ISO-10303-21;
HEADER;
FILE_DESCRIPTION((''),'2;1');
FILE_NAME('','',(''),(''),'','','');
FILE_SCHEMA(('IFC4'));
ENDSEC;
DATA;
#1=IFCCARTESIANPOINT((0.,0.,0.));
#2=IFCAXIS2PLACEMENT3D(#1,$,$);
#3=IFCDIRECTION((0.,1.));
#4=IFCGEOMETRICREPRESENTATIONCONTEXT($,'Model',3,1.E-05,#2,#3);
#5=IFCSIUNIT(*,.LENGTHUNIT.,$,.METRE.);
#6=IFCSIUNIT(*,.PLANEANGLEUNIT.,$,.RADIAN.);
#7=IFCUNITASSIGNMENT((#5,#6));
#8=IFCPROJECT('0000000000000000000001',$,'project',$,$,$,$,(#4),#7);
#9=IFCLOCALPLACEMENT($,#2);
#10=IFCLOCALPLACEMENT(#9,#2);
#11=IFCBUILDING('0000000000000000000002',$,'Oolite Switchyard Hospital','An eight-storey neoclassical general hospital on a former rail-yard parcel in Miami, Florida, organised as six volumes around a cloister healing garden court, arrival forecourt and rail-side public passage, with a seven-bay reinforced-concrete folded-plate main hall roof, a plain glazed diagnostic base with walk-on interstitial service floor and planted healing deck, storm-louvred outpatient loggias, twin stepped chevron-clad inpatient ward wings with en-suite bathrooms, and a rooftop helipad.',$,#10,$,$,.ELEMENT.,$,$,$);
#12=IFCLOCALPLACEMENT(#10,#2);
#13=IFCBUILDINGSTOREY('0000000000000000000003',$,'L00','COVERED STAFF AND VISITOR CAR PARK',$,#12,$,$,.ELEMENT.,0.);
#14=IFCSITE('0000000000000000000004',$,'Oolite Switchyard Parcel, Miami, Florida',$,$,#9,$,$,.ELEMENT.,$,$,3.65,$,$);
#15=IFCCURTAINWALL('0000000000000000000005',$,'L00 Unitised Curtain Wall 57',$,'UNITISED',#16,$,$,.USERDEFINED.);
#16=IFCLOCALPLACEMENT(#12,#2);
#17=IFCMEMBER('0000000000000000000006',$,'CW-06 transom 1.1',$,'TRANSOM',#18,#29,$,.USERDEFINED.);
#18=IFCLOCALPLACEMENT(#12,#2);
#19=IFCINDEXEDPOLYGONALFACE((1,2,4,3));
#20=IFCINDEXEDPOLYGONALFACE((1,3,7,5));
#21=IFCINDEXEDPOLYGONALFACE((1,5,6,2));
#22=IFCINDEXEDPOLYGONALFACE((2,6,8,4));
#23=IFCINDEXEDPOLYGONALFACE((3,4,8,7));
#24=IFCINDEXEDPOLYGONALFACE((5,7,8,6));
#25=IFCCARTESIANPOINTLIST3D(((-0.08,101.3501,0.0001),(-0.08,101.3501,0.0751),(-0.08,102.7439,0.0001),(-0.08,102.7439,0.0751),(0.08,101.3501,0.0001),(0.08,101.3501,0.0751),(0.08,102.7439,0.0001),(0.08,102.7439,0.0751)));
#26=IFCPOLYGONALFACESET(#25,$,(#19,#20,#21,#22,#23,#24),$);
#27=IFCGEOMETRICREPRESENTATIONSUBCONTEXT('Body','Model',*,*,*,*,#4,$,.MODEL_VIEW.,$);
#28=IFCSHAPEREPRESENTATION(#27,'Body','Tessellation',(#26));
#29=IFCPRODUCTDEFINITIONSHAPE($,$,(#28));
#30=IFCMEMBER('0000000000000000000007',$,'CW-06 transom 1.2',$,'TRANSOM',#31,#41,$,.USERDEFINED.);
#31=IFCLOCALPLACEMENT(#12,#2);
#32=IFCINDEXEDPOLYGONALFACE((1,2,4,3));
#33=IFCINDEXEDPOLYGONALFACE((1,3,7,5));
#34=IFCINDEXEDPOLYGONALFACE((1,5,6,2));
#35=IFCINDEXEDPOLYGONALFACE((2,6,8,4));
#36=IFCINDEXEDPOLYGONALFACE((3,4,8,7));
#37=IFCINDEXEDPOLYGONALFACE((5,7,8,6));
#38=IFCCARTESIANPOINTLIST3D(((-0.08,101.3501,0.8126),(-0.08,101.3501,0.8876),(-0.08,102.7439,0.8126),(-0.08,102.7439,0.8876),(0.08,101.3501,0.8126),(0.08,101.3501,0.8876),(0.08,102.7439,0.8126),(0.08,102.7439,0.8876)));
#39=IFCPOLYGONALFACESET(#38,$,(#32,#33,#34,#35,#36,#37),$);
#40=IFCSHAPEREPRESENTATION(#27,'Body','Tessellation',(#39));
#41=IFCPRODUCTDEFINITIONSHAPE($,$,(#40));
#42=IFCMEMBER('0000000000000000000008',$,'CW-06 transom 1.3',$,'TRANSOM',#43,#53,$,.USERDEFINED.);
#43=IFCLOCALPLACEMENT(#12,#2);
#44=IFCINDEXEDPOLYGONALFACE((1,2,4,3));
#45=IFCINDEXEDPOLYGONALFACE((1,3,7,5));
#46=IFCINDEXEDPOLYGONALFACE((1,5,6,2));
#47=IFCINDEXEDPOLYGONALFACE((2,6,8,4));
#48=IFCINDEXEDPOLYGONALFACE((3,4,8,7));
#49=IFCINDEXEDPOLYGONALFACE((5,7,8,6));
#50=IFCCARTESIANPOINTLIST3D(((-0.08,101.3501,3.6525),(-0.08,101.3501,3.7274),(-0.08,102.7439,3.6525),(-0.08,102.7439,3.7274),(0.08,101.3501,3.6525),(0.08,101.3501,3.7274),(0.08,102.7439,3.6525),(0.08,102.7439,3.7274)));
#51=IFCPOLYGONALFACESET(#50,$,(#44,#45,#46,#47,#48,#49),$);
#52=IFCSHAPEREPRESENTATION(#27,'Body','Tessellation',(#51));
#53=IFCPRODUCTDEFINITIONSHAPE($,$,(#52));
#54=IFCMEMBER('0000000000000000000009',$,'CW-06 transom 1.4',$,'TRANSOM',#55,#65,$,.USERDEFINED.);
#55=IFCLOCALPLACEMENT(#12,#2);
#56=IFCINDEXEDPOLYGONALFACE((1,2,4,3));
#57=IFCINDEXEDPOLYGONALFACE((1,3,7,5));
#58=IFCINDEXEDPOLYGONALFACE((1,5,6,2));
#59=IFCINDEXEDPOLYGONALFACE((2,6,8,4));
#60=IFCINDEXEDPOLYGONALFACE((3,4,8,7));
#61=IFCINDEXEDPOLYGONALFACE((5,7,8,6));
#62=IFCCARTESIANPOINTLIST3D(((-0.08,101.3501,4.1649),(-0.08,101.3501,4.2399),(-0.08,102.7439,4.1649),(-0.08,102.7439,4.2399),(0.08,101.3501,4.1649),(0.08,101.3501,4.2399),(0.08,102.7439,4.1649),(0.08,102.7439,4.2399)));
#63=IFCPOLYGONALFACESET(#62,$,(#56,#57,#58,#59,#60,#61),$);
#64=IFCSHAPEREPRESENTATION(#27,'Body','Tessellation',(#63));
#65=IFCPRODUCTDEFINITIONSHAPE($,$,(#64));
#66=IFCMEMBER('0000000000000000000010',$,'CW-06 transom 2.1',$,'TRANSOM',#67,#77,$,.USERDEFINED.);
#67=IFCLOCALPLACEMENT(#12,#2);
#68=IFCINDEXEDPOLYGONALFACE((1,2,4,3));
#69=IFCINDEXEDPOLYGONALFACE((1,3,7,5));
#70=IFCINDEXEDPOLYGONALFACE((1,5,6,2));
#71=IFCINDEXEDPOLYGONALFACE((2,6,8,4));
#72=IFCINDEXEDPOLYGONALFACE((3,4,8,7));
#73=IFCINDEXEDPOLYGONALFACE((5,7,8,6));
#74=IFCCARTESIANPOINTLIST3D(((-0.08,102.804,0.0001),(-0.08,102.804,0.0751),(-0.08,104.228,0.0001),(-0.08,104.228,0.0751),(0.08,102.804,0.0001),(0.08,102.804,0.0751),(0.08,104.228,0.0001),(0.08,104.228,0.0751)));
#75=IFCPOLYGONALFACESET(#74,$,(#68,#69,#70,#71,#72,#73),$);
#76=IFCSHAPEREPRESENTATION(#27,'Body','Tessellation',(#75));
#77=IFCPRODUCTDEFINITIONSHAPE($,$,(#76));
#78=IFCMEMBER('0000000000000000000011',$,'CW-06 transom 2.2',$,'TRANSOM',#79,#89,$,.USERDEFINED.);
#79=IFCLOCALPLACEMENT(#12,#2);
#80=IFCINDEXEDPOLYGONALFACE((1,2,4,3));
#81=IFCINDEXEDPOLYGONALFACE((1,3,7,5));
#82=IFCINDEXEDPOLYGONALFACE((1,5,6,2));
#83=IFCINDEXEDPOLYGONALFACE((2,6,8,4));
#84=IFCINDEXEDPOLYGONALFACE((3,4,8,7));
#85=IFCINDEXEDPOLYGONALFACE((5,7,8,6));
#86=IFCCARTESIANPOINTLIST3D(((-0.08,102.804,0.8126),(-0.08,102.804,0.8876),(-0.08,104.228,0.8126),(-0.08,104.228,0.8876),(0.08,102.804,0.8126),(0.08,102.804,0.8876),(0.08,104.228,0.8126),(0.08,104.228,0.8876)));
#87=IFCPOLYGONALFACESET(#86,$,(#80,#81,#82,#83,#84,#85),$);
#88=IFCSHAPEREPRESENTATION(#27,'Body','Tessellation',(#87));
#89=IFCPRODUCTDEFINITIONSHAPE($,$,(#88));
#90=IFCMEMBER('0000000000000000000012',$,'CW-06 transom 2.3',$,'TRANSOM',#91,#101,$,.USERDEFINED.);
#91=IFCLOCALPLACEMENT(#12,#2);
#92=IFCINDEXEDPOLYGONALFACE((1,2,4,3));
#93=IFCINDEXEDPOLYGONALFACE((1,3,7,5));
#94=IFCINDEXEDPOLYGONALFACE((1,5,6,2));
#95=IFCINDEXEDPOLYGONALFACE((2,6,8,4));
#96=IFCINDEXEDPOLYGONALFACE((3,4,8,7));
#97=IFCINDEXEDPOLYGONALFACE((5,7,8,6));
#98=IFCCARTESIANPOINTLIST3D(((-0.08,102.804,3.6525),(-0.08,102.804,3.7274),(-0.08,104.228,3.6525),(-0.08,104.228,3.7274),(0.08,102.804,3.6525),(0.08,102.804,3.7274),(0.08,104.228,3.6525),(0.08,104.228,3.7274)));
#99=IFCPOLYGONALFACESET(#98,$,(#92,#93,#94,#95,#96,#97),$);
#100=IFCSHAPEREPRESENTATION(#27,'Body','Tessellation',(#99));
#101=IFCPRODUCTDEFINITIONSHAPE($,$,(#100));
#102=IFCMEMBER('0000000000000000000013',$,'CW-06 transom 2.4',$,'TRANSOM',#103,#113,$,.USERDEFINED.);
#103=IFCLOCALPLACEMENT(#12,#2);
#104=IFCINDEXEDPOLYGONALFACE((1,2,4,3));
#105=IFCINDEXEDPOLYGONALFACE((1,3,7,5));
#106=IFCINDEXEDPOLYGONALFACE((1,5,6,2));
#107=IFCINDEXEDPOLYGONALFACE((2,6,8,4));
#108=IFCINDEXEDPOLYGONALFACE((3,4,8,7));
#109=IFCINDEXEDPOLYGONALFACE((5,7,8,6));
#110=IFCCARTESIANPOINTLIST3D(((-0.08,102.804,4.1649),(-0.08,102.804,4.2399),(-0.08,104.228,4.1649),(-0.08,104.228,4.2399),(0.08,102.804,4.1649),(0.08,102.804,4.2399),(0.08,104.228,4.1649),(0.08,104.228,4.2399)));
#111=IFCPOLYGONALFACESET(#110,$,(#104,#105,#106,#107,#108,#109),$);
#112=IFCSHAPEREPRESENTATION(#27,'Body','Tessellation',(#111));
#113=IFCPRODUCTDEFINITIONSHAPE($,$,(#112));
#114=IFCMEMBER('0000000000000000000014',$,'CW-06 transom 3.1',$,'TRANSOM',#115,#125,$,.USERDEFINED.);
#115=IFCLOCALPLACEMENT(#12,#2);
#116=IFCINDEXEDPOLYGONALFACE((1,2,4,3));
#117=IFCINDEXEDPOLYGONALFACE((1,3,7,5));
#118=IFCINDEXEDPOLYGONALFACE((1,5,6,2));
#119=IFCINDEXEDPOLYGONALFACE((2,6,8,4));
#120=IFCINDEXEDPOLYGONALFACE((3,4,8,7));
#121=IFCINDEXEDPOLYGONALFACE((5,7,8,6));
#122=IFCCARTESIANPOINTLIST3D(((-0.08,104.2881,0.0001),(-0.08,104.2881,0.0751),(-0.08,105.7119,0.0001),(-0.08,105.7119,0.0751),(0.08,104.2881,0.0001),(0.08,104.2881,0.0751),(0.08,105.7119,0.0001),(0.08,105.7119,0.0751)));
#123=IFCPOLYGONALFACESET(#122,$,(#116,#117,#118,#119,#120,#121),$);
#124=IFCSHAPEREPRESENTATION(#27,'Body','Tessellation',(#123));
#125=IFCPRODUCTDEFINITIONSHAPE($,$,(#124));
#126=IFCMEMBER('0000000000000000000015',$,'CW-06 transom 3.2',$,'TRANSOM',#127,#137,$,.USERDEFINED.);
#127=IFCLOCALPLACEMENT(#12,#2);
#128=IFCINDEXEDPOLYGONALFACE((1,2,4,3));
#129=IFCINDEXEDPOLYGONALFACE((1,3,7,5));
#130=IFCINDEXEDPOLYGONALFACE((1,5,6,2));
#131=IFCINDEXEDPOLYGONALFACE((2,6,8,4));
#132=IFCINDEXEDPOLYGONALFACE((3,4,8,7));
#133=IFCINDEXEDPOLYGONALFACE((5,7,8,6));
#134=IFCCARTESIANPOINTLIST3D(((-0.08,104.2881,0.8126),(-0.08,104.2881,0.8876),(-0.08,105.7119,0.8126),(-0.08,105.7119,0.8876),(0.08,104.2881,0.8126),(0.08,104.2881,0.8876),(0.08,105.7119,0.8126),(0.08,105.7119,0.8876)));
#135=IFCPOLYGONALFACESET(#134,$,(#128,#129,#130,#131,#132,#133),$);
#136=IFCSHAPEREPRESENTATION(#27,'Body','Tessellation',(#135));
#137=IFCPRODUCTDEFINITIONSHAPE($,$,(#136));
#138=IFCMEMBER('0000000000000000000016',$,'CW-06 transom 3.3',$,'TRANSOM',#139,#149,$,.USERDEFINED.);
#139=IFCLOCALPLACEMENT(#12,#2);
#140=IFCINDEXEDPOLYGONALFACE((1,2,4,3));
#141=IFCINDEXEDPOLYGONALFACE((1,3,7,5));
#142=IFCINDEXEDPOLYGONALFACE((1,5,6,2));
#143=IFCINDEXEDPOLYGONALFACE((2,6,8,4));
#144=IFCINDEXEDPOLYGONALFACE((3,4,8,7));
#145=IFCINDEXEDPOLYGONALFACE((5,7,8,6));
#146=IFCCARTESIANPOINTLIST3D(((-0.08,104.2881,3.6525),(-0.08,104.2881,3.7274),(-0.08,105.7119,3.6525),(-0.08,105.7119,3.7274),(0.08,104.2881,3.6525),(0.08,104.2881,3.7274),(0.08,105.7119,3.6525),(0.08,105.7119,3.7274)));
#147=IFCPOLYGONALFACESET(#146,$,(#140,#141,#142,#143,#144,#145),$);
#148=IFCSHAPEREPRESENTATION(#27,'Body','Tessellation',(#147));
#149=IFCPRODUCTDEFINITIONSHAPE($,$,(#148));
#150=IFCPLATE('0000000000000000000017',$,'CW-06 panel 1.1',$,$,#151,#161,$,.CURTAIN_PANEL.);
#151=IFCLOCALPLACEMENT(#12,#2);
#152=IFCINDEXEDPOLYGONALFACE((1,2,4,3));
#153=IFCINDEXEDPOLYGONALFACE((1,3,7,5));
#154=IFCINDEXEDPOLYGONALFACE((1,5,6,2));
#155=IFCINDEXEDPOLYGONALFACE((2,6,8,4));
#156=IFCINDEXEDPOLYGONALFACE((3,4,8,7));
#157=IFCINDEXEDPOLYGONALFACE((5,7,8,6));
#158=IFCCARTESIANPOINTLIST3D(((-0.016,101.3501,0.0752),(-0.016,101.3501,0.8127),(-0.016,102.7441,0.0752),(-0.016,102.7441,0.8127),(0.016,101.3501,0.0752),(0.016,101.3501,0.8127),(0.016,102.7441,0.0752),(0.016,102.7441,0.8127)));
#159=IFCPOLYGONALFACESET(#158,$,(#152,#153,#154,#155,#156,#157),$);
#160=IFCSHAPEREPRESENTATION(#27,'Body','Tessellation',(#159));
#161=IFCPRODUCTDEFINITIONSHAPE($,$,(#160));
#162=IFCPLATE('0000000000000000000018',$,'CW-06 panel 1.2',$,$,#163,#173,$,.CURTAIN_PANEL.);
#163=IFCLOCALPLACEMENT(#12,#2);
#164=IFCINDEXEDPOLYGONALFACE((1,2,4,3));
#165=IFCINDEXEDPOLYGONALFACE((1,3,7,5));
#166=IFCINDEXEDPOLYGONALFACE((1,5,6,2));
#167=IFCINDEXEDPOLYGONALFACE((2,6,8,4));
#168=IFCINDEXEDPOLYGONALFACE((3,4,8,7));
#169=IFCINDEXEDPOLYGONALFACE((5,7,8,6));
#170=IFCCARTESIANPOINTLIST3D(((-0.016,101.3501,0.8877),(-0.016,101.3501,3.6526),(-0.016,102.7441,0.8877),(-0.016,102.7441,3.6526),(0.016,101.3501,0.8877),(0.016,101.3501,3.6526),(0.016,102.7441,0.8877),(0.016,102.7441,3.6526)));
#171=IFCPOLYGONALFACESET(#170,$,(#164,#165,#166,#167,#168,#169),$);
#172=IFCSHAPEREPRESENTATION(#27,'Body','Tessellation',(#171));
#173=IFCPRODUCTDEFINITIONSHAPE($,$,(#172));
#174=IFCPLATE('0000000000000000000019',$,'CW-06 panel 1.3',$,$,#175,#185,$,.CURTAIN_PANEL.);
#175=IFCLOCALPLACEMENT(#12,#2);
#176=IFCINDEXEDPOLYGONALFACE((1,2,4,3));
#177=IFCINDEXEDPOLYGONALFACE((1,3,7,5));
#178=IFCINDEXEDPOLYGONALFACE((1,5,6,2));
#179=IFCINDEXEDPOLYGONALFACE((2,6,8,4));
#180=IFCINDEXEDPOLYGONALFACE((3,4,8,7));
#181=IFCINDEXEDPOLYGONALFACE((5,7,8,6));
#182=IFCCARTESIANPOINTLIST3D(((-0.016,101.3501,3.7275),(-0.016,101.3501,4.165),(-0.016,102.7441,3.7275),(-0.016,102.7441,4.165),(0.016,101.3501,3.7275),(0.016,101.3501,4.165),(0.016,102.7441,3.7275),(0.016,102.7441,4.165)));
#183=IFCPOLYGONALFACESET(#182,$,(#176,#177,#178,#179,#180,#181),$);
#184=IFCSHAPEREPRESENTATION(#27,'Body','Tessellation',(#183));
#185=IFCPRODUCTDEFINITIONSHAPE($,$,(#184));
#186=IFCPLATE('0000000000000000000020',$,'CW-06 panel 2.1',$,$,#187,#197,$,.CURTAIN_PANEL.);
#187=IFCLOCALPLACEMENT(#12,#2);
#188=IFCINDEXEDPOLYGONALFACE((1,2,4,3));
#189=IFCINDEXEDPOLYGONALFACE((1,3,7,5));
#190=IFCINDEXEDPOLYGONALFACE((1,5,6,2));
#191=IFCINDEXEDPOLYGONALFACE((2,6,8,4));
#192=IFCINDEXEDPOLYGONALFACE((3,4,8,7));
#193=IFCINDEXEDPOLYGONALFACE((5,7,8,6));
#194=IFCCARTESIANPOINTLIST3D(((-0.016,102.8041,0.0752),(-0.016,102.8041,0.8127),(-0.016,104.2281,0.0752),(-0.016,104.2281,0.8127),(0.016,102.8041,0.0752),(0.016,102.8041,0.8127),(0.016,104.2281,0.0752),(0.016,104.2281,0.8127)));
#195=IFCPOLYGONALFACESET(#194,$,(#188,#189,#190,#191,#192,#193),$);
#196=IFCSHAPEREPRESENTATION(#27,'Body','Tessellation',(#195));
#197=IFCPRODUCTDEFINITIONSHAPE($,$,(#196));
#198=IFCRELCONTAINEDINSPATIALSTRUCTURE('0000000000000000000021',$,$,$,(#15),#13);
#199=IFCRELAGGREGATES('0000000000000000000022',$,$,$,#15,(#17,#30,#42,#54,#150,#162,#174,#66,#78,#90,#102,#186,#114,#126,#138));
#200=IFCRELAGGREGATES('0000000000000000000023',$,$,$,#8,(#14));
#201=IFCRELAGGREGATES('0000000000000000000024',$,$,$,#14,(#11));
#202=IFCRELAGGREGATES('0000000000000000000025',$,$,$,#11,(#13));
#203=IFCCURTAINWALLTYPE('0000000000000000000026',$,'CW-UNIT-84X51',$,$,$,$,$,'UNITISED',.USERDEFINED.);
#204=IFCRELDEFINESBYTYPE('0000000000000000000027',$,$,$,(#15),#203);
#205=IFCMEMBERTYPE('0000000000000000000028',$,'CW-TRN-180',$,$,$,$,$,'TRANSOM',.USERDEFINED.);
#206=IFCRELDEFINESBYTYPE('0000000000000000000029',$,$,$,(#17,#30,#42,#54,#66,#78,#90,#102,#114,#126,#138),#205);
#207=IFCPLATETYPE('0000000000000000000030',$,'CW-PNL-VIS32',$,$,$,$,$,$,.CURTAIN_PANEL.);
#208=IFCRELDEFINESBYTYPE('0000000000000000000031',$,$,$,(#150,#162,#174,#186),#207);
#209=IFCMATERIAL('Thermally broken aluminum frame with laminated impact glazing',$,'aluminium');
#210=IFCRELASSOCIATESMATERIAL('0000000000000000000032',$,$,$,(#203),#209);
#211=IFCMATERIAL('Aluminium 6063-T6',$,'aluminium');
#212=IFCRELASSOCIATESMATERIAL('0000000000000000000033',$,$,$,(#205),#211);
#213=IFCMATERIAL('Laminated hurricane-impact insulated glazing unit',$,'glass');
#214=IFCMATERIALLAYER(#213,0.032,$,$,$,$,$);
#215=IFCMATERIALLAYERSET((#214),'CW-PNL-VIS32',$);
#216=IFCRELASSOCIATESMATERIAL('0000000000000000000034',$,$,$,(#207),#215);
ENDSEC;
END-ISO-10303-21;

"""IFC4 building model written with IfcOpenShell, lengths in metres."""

from ifc_helpers import new_model, si_unit, direction, frame, origin, origin_2d, place, context, subcontext, project, spatial, rectangle, extrude, material, layer, layer_set, material_profile, profile_set, type_object, element, aggregate, save


model = new_model("IFC4")

# Units and contexts
model_context = context("Model", 3, precision=1e-05, world=origin(), true_north=direction((0.0, 1.0)))
body_context = subcontext(model_context, "Body", "Model", "MODEL_VIEW")
ifc_project = project(units=[si_unit("LENGTHUNIT", "METRE"), si_unit("PLANEANGLEUNIT", "RADIAN")], contexts=[model_context])

# Site, building, storey
site_placement = place(None, origin())
site = spatial("IfcSite", under=ifc_project, at=site_placement, Name="Oolite Switchyard Parcel, Miami, Florida", CompositionType="ELEMENT", RefElevation=3.65)
building_placement = place(site_placement, origin())
building = spatial("IfcBuilding", under=site, at=building_placement, Name="Oolite Switchyard Hospital", Description="An eight-storey neoclassical general hospital on a former rail-yard parcel in Miami, Florida, organised as six volumes around a cloister healing garden court, arrival forecourt and rail-side public passage, with a seven-bay reinforced-concrete folded-plate main hall roof, a plain glazed diagnostic base with walk-on interstitial service floor and planted healing deck, storm-louvred outpatient loggias, twin stepped chevron-clad inpatient ward wings with en-suite bathrooms, and a rooftop helipad.", CompositionType="ELEMENT")
storey_placement = place(building_placement, origin())
storey = spatial("IfcBuildingStorey", under=building, at=storey_placement, Name="L00", Description="COVERED STAFF AND VISITOR CAR PARK", CompositionType="ELEMENT", Elevation=0.0)

# Curtain wall, members, plates
ifc_material_1 = material(Name="Thermally broken aluminum frame with laminated impact glazing", Category="aluminium")
curtain_wall_type = type_object("IfcCurtainWallType", Name="CW-UNIT-84X51", ElementType="UNITISED", PredefinedType="USERDEFINED", material=ifc_material_1)
curtain_wall_placement = place(storey_placement, origin())
curtain_wall = element("IfcCurtainWall", 1, at=curtain_wall_placement, inside=storey, type_object=curtain_wall_type, Name="L00 Unitised Curtain Wall 57", ObjectType="UNITISED", PredefinedType="USERDEFINED")
ifc_material_2 = material(Name="Aluminium 6063-T6", Category="aluminium")
ifc_material_profile_1 = material_profile(ifc_material_2, rectangle(XDim=0.1599, YDim=0.075, at=origin_2d()), Name="CWT75X160")
ifc_profile_set_1 = profile_set([ifc_material_profile_1], Name="Aluminium 6063-T6")
member_type_1 = type_object("IfcMemberType", Name="CW-TRN-180", ElementType="TRANSOM", PredefinedType="USERDEFINED", material=ifc_profile_set_1)
member_1_placement = place(storey_placement, frame((0.0, 101.3501, 0.0376), z_axis=(0.0, 1.0, 0.0), x_axis=(-1.0, 0.0, 0.0)))
member_1 = element("IfcMember", 2, at=member_1_placement, type_object=member_type_1, Name="CW-06 transom 1.1", ObjectType="TRANSOM", PredefinedType="USERDEFINED", context=body_context, shape_type="SweptSolid", body=[
    extrude(rectangle(XDim=0.1599, YDim=0.075, at=origin_2d()), origin(), (0.0, 0.0, 1.0), 1.3938),
])
member_2_placement = place(storey_placement, frame((0.0, 101.3501, 0.8501), z_axis=(0.0, 1.0, 0.0), x_axis=(-1.0, 0.0, 0.0)))
member_2 = element("IfcMember", 3, at=member_2_placement, type_object=member_type_1, Name="CW-06 transom 1.2", ObjectType="TRANSOM", PredefinedType="USERDEFINED", context=body_context, shape_type="SweptSolid", body=[
    extrude(rectangle(XDim=0.1599, YDim=0.075, at=origin_2d()), origin(), (0.0, 0.0, 1.0), 1.3938),
])
member_3_placement = place(storey_placement, frame((0.0, 101.3501, 3.6899), z_axis=(0.0, 1.0, 0.0), x_axis=(-1.0, 0.0, 0.0)))
member_3 = element("IfcMember", 4, at=member_3_placement, type_object=member_type_1, Name="CW-06 transom 1.3", ObjectType="TRANSOM", PredefinedType="USERDEFINED", context=body_context, shape_type="SweptSolid", body=[
    extrude(rectangle(XDim=0.1599, YDim=0.075, at=origin_2d()), origin(), (0.0, 0.0, 1.0), 1.3938),
])
member_4_placement = place(storey_placement, frame((0.0, 101.3501, 4.2024), z_axis=(0.0, 1.0, 0.0), x_axis=(-1.0, 0.0, 0.0)))
member_4 = element("IfcMember", 5, at=member_4_placement, type_object=member_type_1, Name="CW-06 transom 1.4", ObjectType="TRANSOM", PredefinedType="USERDEFINED", context=body_context, shape_type="SweptSolid", body=[
    extrude(rectangle(XDim=0.1599, YDim=0.075, at=origin_2d()), origin(), (0.0, 0.0, 1.0), 1.3938),
])
member_5_placement = place(storey_placement, frame((0.0, 102.804, 0.0376), z_axis=(0.0, 1.0, 0.0), x_axis=(-1.0, 0.0, 0.0)))
member_5 = element("IfcMember", 6, at=member_5_placement, type_object=member_type_1, Name="CW-06 transom 2.1", ObjectType="TRANSOM", PredefinedType="USERDEFINED", context=body_context, shape_type="SweptSolid", body=[
    extrude(rectangle(XDim=0.1599, YDim=0.075, at=origin_2d()), origin(), (0.0, 0.0, 1.0), 1.4241),
])
member_6_placement = place(storey_placement, frame((0.0, 102.804, 0.8501), z_axis=(0.0, 1.0, 0.0), x_axis=(-1.0, 0.0, 0.0)))
member_6 = element("IfcMember", 7, at=member_6_placement, type_object=member_type_1, Name="CW-06 transom 2.2", ObjectType="TRANSOM", PredefinedType="USERDEFINED", context=body_context, shape_type="SweptSolid", body=[
    extrude(rectangle(XDim=0.1599, YDim=0.075, at=origin_2d()), origin(), (0.0, 0.0, 1.0), 1.4241),
])
member_7_placement = place(storey_placement, frame((0.0, 102.804, 3.6899), z_axis=(0.0, 1.0, 0.0), x_axis=(-1.0, 0.0, 0.0)))
member_7 = element("IfcMember", 8, at=member_7_placement, type_object=member_type_1, Name="CW-06 transom 2.3", ObjectType="TRANSOM", PredefinedType="USERDEFINED", context=body_context, shape_type="SweptSolid", body=[
    extrude(rectangle(XDim=0.1599, YDim=0.075, at=origin_2d()), origin(), (0.0, 0.0, 1.0), 1.4241),
])
member_8_placement = place(storey_placement, frame((0.0, 102.804, 4.2024), z_axis=(0.0, 1.0, 0.0), x_axis=(-1.0, 0.0, 0.0)))
member_8 = element("IfcMember", 9, at=member_8_placement, type_object=member_type_1, Name="CW-06 transom 2.4", ObjectType="TRANSOM", PredefinedType="USERDEFINED", context=body_context, shape_type="SweptSolid", body=[
    extrude(rectangle(XDim=0.1599, YDim=0.075, at=origin_2d()), origin(), (0.0, 0.0, 1.0), 1.4241),
])
member_9_placement = place(storey_placement, frame((0.0, 104.2881, 0.0376), z_axis=(0.0, 1.0, 0.0), x_axis=(-1.0, 0.0, 0.0)))
member_9 = element("IfcMember", 10, at=member_9_placement, type_object=member_type_1, Name="CW-06 transom 3.1", ObjectType="TRANSOM", PredefinedType="USERDEFINED", context=body_context, shape_type="SweptSolid", body=[
    extrude(rectangle(XDim=0.1599, YDim=0.075, at=origin_2d()), origin(), (0.0, 0.0, 1.0), 1.4238),
])
member_10_placement = place(storey_placement, frame((0.0, 104.2881, 0.8501), z_axis=(0.0, 1.0, 0.0), x_axis=(-1.0, 0.0, 0.0)))
member_10 = element("IfcMember", 11, at=member_10_placement, type_object=member_type_1, Name="CW-06 transom 3.2", ObjectType="TRANSOM", PredefinedType="USERDEFINED", context=body_context, shape_type="SweptSolid", body=[
    extrude(rectangle(XDim=0.1599, YDim=0.075, at=origin_2d()), origin(), (0.0, 0.0, 1.0), 1.4238),
])
member_11_placement = place(storey_placement, frame((0.0, 104.2881, 3.6899), z_axis=(0.0, 1.0, 0.0), x_axis=(-1.0, 0.0, 0.0)))
member_11 = element("IfcMember", 12, at=member_11_placement, type_object=member_type_1, Name="CW-06 transom 3.3", ObjectType="TRANSOM", PredefinedType="USERDEFINED", context=body_context, shape_type="SweptSolid", body=[
    extrude(rectangle(XDim=0.1599, YDim=0.075, at=origin_2d()), origin(), (0.0, 0.0, 1.0), 1.4238),
])
ifc_material_3 = material(Name="Laminated hurricane-impact insulated glazing unit", Category="glass")
ifc_layer = layer(ifc_material_3, 0.032)
ifc_layer_set = layer_set([ifc_layer], Name="CW-PNL-VIS32")
plate_type = type_object("IfcPlateType", Name="CW-PNL-VIS32", PredefinedType="CURTAIN_PANEL", material=ifc_layer_set)
plate_1_placement = place(storey_placement, frame((0.0, 102.0471, 0.0752), z_axis=(0.0, 0.0, 1.0), x_axis=(0.0, 1.0, 0.0)))
plate_1 = element("IfcPlate", 13, at=plate_1_placement, type_object=plate_type, Name="CW-06 panel 1.1", PredefinedType="CURTAIN_PANEL", context=body_context, shape_type="SweptSolid", body=[
    extrude(rectangle(XDim=1.394, YDim=0.032, at=origin_2d()), origin(), (0.0, 0.0, 1.0), 0.7375),
])
plate_2_placement = place(storey_placement, frame((0.0, 102.0471, 0.8877), z_axis=(0.0, 0.0, 1.0), x_axis=(0.0, 1.0, 0.0)))
plate_2 = element("IfcPlate", 14, at=plate_2_placement, type_object=plate_type, Name="CW-06 panel 1.2", PredefinedType="CURTAIN_PANEL", context=body_context, shape_type="SweptSolid", body=[
    extrude(rectangle(XDim=1.394, YDim=0.032, at=origin_2d()), origin(), (0.0, 0.0, 1.0), 2.7649),
])
plate_3_placement = place(storey_placement, frame((0.0, 102.0471, 3.7275), z_axis=(0.0, 0.0, 1.0), x_axis=(0.0, 1.0, 0.0)))
plate_3 = element("IfcPlate", 15, at=plate_3_placement, type_object=plate_type, Name="CW-06 panel 1.3", PredefinedType="CURTAIN_PANEL", context=body_context, shape_type="SweptSolid", body=[
    extrude(rectangle(XDim=1.394, YDim=0.032, at=origin_2d()), origin(), (0.0, 0.0, 1.0), 0.4375),
])
plate_4_placement = place(storey_placement, frame((0.0, 103.5161, 0.0752), z_axis=(0.0, 0.0, 1.0), x_axis=(0.0, 1.0, 0.0)))
plate_4 = element("IfcPlate", 16, at=plate_4_placement, type_object=plate_type, Name="CW-06 panel 2.1", PredefinedType="CURTAIN_PANEL", context=body_context, shape_type="SweptSolid", body=[
    extrude(rectangle(XDim=1.4241, YDim=0.032, at=origin_2d()), origin(), (0.0, 0.0, 1.0), 0.7375),
])
aggregate(curtain_wall, [member_1, member_2, member_3, member_4, plate_1, plate_2, plate_3, member_5, member_6, member_7, member_8, plate_4, member_9, member_10, member_11])

save(model, "model.ifc")
